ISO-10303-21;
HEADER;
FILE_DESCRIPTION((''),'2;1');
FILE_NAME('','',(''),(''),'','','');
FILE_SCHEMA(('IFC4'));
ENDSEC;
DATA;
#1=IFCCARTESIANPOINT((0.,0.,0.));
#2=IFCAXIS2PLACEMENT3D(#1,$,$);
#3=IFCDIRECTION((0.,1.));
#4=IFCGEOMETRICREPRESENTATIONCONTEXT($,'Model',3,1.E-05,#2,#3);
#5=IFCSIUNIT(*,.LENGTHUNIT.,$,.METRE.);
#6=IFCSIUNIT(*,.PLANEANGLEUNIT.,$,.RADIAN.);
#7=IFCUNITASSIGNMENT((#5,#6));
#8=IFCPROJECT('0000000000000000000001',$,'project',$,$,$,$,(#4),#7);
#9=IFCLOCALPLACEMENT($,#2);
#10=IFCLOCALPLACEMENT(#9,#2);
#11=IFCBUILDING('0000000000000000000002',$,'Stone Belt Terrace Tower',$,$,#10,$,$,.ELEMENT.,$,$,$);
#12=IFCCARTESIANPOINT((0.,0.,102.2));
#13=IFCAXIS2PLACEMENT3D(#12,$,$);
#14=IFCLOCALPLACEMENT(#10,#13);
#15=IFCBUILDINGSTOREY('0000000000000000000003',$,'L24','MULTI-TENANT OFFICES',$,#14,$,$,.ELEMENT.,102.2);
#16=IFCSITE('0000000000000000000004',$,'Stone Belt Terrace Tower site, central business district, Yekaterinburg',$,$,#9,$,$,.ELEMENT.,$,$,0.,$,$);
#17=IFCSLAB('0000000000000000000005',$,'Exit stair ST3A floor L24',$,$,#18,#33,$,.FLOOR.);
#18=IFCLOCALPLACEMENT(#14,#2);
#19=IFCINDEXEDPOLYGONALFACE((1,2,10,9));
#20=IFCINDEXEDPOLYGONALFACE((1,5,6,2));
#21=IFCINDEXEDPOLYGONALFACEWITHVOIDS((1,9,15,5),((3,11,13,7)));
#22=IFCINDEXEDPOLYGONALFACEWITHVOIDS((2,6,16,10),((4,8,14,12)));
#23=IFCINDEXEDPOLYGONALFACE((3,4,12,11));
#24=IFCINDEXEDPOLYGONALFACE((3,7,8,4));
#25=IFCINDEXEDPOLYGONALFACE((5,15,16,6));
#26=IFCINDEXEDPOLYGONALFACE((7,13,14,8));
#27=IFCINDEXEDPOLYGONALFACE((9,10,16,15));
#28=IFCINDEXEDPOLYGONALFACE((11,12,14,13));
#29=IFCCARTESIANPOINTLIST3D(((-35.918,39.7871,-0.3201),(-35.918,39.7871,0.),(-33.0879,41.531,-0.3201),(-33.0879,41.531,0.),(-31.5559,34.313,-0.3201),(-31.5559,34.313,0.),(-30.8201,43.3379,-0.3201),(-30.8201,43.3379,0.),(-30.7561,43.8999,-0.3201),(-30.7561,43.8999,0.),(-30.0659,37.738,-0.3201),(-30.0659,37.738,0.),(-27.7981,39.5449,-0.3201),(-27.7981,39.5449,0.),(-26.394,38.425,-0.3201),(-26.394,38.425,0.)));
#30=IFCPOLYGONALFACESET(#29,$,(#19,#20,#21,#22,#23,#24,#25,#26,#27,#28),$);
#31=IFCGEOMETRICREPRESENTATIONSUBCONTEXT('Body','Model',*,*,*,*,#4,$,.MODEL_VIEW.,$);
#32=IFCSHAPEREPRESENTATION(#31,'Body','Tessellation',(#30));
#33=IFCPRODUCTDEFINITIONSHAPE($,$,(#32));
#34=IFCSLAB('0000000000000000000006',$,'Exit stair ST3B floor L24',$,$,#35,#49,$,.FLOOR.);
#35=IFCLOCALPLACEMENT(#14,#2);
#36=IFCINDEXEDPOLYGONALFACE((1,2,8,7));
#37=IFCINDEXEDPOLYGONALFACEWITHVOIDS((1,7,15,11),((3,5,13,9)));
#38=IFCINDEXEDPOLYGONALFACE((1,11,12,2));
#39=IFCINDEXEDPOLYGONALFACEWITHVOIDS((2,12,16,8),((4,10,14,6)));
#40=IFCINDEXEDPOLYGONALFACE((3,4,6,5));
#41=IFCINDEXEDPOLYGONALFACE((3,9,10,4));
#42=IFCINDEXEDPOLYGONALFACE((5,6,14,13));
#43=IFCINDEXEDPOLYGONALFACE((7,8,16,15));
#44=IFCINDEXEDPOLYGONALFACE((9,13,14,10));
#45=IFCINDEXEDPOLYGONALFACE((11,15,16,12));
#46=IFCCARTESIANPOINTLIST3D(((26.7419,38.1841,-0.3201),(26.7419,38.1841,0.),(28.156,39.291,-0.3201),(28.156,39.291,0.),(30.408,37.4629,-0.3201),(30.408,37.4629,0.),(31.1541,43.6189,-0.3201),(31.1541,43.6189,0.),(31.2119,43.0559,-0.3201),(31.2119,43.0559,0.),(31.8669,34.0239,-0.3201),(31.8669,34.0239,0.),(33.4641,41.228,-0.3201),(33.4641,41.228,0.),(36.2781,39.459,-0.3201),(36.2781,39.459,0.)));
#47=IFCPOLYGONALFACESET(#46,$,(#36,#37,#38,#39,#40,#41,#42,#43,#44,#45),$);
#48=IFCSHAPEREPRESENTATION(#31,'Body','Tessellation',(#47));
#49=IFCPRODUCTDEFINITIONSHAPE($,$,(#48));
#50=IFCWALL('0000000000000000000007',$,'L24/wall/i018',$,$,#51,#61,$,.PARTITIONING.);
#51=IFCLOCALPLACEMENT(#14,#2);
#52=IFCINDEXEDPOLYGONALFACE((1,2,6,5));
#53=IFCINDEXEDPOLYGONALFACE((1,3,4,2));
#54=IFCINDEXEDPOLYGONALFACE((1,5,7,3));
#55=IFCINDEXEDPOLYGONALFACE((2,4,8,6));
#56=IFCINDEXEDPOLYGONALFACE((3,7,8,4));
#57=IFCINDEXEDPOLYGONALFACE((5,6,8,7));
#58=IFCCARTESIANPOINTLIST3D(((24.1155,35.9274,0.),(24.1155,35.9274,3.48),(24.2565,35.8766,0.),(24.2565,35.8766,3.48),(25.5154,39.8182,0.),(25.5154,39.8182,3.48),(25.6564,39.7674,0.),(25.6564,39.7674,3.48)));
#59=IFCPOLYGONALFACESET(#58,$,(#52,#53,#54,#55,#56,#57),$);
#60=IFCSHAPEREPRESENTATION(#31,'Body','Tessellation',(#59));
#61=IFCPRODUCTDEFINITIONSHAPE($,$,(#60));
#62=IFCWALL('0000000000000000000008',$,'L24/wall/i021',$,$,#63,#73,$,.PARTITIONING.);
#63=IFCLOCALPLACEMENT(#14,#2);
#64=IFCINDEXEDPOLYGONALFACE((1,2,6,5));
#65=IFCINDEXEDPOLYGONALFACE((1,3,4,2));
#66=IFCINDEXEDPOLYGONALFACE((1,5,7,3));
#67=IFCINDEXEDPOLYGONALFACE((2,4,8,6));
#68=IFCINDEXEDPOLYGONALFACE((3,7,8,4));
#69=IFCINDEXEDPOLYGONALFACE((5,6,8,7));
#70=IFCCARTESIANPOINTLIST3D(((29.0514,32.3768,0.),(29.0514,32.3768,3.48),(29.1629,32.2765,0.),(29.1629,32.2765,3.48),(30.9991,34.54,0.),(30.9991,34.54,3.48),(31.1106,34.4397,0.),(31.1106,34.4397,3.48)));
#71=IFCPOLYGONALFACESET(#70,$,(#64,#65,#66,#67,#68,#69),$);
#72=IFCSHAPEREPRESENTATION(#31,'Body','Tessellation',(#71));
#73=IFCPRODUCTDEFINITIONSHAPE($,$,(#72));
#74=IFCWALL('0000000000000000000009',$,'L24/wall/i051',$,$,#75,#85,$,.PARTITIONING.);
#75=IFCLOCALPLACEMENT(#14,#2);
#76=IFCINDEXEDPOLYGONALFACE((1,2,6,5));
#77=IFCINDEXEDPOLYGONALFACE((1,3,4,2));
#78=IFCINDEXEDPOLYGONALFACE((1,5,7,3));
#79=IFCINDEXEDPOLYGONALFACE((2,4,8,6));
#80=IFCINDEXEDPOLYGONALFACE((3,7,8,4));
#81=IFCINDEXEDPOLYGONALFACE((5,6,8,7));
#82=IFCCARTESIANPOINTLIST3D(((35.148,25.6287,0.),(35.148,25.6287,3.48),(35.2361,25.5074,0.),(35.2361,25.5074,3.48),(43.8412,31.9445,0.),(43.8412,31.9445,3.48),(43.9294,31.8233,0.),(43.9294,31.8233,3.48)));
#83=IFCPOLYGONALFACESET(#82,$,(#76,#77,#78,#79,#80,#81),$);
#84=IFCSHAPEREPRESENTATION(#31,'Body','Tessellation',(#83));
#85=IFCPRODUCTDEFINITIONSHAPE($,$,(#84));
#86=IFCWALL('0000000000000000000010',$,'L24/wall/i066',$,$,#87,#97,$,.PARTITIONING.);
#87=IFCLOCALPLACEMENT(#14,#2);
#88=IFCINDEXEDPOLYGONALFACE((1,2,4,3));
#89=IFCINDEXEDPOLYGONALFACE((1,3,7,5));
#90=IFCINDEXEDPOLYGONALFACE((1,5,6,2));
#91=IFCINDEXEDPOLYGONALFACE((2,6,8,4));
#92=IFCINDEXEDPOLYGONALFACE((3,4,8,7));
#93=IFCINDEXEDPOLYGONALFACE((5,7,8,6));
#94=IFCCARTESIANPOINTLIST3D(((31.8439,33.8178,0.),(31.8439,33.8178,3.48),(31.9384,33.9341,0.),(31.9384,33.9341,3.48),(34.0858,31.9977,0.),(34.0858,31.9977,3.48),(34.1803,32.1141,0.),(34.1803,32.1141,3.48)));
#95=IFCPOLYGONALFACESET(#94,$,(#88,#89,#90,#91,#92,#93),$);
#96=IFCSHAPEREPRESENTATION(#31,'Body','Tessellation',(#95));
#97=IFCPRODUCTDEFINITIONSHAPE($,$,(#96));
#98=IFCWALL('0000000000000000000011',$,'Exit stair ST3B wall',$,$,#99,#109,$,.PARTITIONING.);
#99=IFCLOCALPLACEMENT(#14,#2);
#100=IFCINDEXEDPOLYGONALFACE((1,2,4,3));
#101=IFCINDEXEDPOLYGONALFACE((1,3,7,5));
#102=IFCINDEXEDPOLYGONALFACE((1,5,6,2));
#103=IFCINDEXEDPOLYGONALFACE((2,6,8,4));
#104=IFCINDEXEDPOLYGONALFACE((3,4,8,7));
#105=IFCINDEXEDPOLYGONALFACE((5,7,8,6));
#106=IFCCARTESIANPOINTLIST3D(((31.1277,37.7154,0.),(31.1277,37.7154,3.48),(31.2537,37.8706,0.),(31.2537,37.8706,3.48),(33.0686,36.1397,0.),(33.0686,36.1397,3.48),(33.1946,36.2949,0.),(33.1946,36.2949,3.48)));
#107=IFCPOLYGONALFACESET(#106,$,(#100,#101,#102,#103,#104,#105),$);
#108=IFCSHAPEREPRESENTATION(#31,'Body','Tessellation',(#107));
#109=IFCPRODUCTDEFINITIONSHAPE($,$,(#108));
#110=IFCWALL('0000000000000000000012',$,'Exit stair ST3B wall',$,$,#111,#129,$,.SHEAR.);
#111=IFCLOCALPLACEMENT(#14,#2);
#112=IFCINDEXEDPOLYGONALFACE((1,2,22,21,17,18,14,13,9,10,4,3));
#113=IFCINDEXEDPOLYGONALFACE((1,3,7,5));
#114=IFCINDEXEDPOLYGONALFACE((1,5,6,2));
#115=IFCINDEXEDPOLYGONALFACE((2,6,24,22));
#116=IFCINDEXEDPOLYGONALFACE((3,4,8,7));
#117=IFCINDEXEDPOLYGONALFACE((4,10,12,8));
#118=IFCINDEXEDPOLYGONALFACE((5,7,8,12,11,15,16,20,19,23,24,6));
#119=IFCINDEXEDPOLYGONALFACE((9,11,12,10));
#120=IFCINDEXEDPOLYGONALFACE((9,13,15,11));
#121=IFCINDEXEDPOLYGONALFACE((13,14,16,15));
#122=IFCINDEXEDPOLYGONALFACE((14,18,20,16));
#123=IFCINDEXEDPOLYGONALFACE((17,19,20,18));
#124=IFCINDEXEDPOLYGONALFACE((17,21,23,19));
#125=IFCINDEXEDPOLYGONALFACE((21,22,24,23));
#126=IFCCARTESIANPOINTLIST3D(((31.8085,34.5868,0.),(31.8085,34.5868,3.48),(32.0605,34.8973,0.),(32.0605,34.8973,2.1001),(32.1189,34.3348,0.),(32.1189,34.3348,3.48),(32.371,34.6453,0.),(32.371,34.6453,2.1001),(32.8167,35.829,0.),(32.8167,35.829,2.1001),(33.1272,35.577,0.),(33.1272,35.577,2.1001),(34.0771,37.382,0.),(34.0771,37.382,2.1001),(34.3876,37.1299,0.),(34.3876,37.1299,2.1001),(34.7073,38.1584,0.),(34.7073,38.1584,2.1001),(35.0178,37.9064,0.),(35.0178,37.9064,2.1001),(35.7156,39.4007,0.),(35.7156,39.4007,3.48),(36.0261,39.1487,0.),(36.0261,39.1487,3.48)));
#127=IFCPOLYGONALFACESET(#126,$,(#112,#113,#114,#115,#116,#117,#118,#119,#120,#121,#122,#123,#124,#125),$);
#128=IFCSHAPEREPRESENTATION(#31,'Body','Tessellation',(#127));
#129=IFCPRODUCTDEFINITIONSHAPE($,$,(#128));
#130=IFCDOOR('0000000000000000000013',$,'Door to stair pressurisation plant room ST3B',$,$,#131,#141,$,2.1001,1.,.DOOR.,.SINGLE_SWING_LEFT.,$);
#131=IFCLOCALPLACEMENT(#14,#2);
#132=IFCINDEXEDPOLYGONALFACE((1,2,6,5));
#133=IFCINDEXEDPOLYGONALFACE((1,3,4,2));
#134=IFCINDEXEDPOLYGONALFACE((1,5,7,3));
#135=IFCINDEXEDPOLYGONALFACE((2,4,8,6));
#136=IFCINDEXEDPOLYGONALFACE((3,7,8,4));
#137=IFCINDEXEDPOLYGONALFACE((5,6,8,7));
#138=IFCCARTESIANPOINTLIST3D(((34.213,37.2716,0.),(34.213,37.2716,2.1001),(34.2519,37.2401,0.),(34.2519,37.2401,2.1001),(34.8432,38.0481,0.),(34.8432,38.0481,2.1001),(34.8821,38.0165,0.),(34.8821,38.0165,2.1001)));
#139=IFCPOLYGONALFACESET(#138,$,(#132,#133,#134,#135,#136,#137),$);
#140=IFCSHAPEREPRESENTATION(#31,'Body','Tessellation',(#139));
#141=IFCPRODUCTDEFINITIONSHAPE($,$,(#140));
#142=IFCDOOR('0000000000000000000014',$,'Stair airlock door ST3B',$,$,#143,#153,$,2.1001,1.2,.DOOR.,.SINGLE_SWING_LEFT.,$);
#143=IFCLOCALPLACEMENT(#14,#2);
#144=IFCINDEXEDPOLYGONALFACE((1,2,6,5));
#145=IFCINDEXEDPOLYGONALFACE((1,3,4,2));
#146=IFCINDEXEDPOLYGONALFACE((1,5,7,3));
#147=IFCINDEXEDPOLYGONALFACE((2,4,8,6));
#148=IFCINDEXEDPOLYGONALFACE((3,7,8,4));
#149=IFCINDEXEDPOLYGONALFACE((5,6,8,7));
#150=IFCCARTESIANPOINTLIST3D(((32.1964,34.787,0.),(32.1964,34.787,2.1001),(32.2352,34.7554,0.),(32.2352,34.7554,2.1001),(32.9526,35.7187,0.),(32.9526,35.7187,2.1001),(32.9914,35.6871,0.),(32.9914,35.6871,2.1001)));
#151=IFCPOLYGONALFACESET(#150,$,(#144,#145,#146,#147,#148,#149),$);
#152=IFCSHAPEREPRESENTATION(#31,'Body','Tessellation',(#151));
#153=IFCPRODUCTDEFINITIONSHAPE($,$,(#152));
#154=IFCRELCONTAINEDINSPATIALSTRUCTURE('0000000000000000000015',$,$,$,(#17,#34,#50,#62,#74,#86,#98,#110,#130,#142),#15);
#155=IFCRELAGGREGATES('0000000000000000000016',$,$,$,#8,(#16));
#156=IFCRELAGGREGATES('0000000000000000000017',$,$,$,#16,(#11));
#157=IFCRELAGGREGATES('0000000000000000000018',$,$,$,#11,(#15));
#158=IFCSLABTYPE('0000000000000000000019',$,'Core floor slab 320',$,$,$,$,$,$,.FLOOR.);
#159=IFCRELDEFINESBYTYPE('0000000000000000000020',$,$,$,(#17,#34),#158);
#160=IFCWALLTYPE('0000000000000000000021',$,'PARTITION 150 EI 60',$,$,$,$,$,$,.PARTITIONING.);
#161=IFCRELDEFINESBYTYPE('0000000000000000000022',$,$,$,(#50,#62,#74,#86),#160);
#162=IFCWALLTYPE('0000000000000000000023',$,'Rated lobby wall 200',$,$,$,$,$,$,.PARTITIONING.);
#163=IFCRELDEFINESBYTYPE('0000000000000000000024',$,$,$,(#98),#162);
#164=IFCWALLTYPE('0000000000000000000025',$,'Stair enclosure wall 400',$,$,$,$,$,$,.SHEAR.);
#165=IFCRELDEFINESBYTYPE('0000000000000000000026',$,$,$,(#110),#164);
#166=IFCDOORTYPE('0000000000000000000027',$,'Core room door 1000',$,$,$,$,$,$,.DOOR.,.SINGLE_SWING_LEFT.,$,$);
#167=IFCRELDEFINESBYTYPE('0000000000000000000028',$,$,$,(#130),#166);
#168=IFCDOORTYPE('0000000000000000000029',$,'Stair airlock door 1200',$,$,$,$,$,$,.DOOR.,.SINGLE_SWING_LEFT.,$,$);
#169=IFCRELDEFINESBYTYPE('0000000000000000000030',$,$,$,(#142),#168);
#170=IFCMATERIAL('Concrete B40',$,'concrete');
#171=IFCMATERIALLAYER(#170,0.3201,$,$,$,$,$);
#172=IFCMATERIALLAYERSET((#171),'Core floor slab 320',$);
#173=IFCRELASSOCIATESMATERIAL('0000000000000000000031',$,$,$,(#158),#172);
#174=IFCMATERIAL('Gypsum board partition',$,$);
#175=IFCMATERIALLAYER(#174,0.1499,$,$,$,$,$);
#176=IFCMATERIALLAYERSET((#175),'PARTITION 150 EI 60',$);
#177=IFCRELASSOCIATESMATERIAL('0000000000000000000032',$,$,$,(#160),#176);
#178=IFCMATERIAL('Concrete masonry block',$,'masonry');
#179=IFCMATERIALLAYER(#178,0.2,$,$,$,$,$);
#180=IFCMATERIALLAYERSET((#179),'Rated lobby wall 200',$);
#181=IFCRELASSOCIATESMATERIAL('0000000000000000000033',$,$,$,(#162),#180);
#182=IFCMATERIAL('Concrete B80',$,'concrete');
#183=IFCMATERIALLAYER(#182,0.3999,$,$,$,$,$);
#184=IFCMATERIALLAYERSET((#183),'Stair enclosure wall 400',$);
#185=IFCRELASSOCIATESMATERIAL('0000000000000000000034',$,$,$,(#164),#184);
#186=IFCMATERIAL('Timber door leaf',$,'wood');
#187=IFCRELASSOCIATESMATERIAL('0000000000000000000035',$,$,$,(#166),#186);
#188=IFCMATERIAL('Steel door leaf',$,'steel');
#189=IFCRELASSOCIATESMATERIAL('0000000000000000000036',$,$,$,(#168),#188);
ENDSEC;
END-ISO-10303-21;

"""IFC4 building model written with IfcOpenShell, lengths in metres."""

from ifc_helpers import new_model, si_unit, direction, frame, frame_2d, origin, place, context, subcontext, project, spatial, polyline, rectangle, outline, extrude, material, layer, layer_set, type_object, element, fill, save


model = new_model("IFC4")

# Units and contexts
model_context = context("Model", 3, precision=1e-05, world=origin(), true_north=direction((0.0, 1.0)))
body_context = subcontext(model_context, "Body", "Model", "MODEL_VIEW")
ifc_project = project(units=[si_unit("LENGTHUNIT", "METRE"), si_unit("PLANEANGLEUNIT", "RADIAN")], contexts=[model_context])

# Site, building, storey
site_placement = place(None, origin())
site = spatial("IfcSite", under=ifc_project, at=site_placement, Name="Stone Belt Terrace Tower site, central business district, Yekaterinburg", CompositionType="ELEMENT", RefElevation=0.0)
building_placement = place(site_placement, origin())
building = spatial("IfcBuilding", under=site, at=building_placement, Name="Stone Belt Terrace Tower", CompositionType="ELEMENT")
storey_placement = place(building_placement, frame((0.0, 0.0, 102.2)))
storey = spatial("IfcBuildingStorey", under=building, at=storey_placement, Name="L24", Description="MULTI-TENANT OFFICES", CompositionType="ELEMENT", Elevation=102.2)

# Shared definitions
ifc_material_1 = material(Name="Concrete B80", Category="concrete")

# Slabs
ifc_material_2 = material(Name="Concrete B40", Category="concrete")
ifc_layer_1 = layer(ifc_material_2, 0.3201)
ifc_layer_set_1 = layer_set([ifc_layer_1], Name="Core floor slab 320")
slab_type = type_object("IfcSlabType", Name="Core floor slab 320", PredefinedType="FLOOR", material=ifc_layer_set_1)
slab_1_placement = place(storey_placement, frame((0.0, 0.0, -0.3201)))
element("IfcSlab", 1, at=slab_1_placement, inside=storey, type_object=slab_type, Name="Exit stair ST3A floor L24", PredefinedType="FLOOR", context=body_context, shape_type="SweptSolid", body=[
    extrude(outline(polyline([(-26.394, 38.425), (-30.7561, 43.8999), (-35.918, 39.7871), (-31.5559, 34.313), (-26.394, 38.425)]), holes=[polyline([(-27.7981, 39.5449), (-30.0659, 37.738), (-33.0879, 41.531), (-30.8201, 43.3379), (-27.7981, 39.5449)])]), origin(), (0.0, 0.0, 1.0), 0.3201),
])
slab_2_placement = place(storey_placement, frame((0.0, 0.0, -0.3201)))
element("IfcSlab", 2, at=slab_2_placement, inside=storey, type_object=slab_type, Name="Exit stair ST3B floor L24", PredefinedType="FLOOR", context=body_context, shape_type="SweptSolid", body=[
    extrude(outline(polyline([(26.7419, 38.1841), (31.8669, 34.0239), (36.2781, 39.459), (31.1541, 43.6189), (26.7419, 38.1841)]), holes=[polyline([(30.408, 37.4629), (28.156, 39.291), (31.2119, 43.0559), (33.4641, 41.228), (30.408, 37.4629)])]), origin(), (0.0, 0.0, 1.0), 0.3201),
])

# Walls
ifc_material_3 = material(Name="Gypsum board partition")
ifc_layer_2 = layer(ifc_material_3, 0.1499)
ifc_layer_set_2 = layer_set([ifc_layer_2], Name="PARTITION 150 EI 60")
wall_type_1 = type_object("IfcWallType", Name="PARTITION 150 EI 60", PredefinedType="PARTITIONING", material=ifc_layer_set_2)
wall_1_placement = place(storey_placement, frame((24.186, 35.9021, 0.0), z_axis=(0.0, 0.0, 1.0), x_axis=(0.338546, 0.94095, 0.0)))
element("IfcWall", 3, at=wall_1_placement, inside=storey, type_object=wall_type_1, Name="L24/wall/i018", PredefinedType="PARTITIONING", context=body_context, shape_type="SweptSolid", body=[
    extrude(rectangle(XDim=4.135, YDim=0.1499, at=frame_2d((2.0674, 0.0))), origin(), (0.0, 0.0, 1.0), 3.48),
])
wall_2_placement = place(storey_placement, frame((31.0549, 34.49, 0.0), z_axis=(0.0, 0.0, 1.0), x_axis=(-0.669108, -0.743165, 0.0)))
element("IfcWall", 4, at=wall_2_placement, inside=storey, type_object=wall_type_1, Name="L24/wall/i021", PredefinedType="PARTITIONING", context=body_context, shape_type="SweptSolid", body=[
    extrude(rectangle(XDim=2.9109, YDim=0.1499, at=frame_2d((1.4556, 0.0))), origin(), (0.0, 0.0, 1.0), 3.48),
])
wall_3_placement = place(storey_placement, frame((35.1921, 25.5681, 0.0), z_axis=(0.0, 0.0, 1.0), x_axis=(0.809025, 0.587774, 0.0)))
element("IfcWall", 5, at=wall_3_placement, inside=storey, type_object=wall_type_1, Name="L24/wall/i051", PredefinedType="PARTITIONING", context=body_context, shape_type="SweptSolid", body=[
    extrude(rectangle(XDim=10.7454, YDim=0.1499, at=frame_2d((5.3726, 0.0))), origin(), (0.0, 0.0, 1.0), 3.48),
])
wall_4_placement = place(storey_placement, frame((34.1331, 32.0559, 0.0), z_axis=(0.0, 0.0, 1.0), x_axis=(-0.77637, 0.630277, 0.0)))
element("IfcWall", 6, at=wall_4_placement, inside=storey, type_object=wall_type_1, Name="L24/wall/i066", PredefinedType="PARTITIONING", context=body_context, shape_type="SweptSolid", body=[
    extrude(rectangle(XDim=2.8877, YDim=0.1499, at=frame_2d((1.4438, 0.0))), origin(), (0.0, 0.0, 1.0), 3.48),
])
ifc_material_4 = material(Name="Concrete masonry block", Category="masonry")
ifc_layer_3 = layer(ifc_material_4, 0.2)
ifc_layer_set_3 = layer_set([ifc_layer_3], Name="Rated lobby wall 200")
wall_type_2 = type_object("IfcWallType", Name="Rated lobby wall 200", PredefinedType="PARTITIONING", material=ifc_layer_set_3)
wall_5_placement = place(storey_placement, frame((31.1907, 37.793, 0.0), z_axis=(0.0, 0.0, 1.0), x_axis=(0.776371, -0.630276, 0.0)))
element("IfcWall", 7, at=wall_5_placement, inside=storey, type_object=wall_type_2, Name="Exit stair ST3B wall", PredefinedType="PARTITIONING", context=body_context, shape_type="SweptSolid", body=[
    extrude(rectangle(XDim=2.5, YDim=0.2, at=frame_2d((1.25, 0.0))), origin(), (0.0, 0.0, 1.0), 3.48),
])

# Wall, openings, doors
ifc_layer_4 = layer(ifc_material_1, 0.3999)
ifc_layer_set_4 = layer_set([ifc_layer_4], Name="Stair enclosure wall 400")
wall_type_3 = type_object("IfcWallType", Name="Stair enclosure wall 400", PredefinedType="SHEAR", material=ifc_layer_set_4)
wall_6_placement = place(storey_placement, frame((31.9636, 34.4607, 0.0), z_axis=(0.0, 0.0, 1.0), x_axis=(0.630192, 0.776439, 0.0)))
wall_6 = element("IfcWall", 8, at=wall_6_placement, inside=storey, type_object=wall_type_3, Name="Exit stair ST3B wall", PredefinedType="SHEAR", context=body_context, shape_type="SweptSolid", body=[
    extrude(rectangle(XDim=6.2, YDim=0.3999, at=frame_2d((3.1001, 0.0))), origin(), (0.0, 0.0, 1.0), 3.48),
])
opening_1_placement = place(wall_6_placement, frame((0.3999, 0.0, 0.0)))
opening_1 = element("IfcOpeningElement", 9, at=opening_1_placement, cuts=wall_6, PredefinedType="OPENING", context=body_context, shape_type="SweptSolid", body=[
    extrude(rectangle(XDim=1.2, YDim=2.1001, at=frame_2d((0.6001, 1.05))), frame((0.0, 0.21, 0.0), z_axis=(0.0, -1.0, 0.0), x_axis=(1.0, 0.0, 0.0)), (0.0, 0.0, 1.0), 0.4199),
])
opening_2_placement = place(wall_6_placement, frame((3.6001, 0.0, 0.0)))
opening_2 = element("IfcOpeningElement", 10, at=opening_2_placement, cuts=wall_6, PredefinedType="OPENING", context=body_context, shape_type="SweptSolid", body=[
    extrude(rectangle(XDim=1.0, YDim=2.1001, at=frame_2d((0.5, 1.05))), frame((0.0, 0.21, 0.0), z_axis=(0.0, -1.0, 0.0), x_axis=(1.0, 0.0, 0.0)), (0.0, 0.0, 1.0), 0.4199),
])
ifc_material_5 = material(Name="Timber door leaf", Category="wood")
door_type_1 = type_object("IfcDoorType", Name="Core room door 1000", OperationType="SINGLE_SWING_LEFT", PredefinedType="DOOR", material=ifc_material_5)
door_1_placement = place(opening_2_placement, origin())
door_1 = element("IfcDoor", 11, at=door_1_placement, inside=storey, type_object=door_type_1, Name="Door to stair pressurisation plant room ST3B", OperationType="SINGLE_SWING_LEFT", OverallHeight=2.1001, OverallWidth=1.0, PredefinedType="DOOR", context=body_context, shape_type="SweptSolid", body=[
    extrude(rectangle(XDim=1.0, YDim=2.1001, at=frame_2d((0.5, 1.05))), frame((0.0, 0.0249, 0.0), z_axis=(0.0, -1.0, 0.0), x_axis=(1.0, 0.0, 0.0)), (0.0, 0.0, 1.0), 0.05),
])
fill(opening_2, door_1)
ifc_material_6 = material(Name="Steel door leaf", Category="steel")
door_type_2 = type_object("IfcDoorType", Name="Stair airlock door 1200", OperationType="SINGLE_SWING_LEFT", PredefinedType="DOOR", material=ifc_material_6)
door_2_placement = place(opening_1_placement, origin())
door_2 = element("IfcDoor", 12, at=door_2_placement, inside=storey, type_object=door_type_2, Name="Stair airlock door ST3B", OperationType="SINGLE_SWING_LEFT", OverallHeight=2.1001, OverallWidth=1.2, PredefinedType="DOOR", context=body_context, shape_type="SweptSolid", body=[
    extrude(rectangle(XDim=1.2, YDim=2.1001, at=frame_2d((0.6001, 1.05))), frame((0.0, 0.0249, 0.0), z_axis=(0.0, -1.0, 0.0), x_axis=(1.0, 0.0, 0.0)), (0.0, 0.0, 1.0), 0.05),
])
fill(opening_1, door_2)

save(model, "model.ifc")
